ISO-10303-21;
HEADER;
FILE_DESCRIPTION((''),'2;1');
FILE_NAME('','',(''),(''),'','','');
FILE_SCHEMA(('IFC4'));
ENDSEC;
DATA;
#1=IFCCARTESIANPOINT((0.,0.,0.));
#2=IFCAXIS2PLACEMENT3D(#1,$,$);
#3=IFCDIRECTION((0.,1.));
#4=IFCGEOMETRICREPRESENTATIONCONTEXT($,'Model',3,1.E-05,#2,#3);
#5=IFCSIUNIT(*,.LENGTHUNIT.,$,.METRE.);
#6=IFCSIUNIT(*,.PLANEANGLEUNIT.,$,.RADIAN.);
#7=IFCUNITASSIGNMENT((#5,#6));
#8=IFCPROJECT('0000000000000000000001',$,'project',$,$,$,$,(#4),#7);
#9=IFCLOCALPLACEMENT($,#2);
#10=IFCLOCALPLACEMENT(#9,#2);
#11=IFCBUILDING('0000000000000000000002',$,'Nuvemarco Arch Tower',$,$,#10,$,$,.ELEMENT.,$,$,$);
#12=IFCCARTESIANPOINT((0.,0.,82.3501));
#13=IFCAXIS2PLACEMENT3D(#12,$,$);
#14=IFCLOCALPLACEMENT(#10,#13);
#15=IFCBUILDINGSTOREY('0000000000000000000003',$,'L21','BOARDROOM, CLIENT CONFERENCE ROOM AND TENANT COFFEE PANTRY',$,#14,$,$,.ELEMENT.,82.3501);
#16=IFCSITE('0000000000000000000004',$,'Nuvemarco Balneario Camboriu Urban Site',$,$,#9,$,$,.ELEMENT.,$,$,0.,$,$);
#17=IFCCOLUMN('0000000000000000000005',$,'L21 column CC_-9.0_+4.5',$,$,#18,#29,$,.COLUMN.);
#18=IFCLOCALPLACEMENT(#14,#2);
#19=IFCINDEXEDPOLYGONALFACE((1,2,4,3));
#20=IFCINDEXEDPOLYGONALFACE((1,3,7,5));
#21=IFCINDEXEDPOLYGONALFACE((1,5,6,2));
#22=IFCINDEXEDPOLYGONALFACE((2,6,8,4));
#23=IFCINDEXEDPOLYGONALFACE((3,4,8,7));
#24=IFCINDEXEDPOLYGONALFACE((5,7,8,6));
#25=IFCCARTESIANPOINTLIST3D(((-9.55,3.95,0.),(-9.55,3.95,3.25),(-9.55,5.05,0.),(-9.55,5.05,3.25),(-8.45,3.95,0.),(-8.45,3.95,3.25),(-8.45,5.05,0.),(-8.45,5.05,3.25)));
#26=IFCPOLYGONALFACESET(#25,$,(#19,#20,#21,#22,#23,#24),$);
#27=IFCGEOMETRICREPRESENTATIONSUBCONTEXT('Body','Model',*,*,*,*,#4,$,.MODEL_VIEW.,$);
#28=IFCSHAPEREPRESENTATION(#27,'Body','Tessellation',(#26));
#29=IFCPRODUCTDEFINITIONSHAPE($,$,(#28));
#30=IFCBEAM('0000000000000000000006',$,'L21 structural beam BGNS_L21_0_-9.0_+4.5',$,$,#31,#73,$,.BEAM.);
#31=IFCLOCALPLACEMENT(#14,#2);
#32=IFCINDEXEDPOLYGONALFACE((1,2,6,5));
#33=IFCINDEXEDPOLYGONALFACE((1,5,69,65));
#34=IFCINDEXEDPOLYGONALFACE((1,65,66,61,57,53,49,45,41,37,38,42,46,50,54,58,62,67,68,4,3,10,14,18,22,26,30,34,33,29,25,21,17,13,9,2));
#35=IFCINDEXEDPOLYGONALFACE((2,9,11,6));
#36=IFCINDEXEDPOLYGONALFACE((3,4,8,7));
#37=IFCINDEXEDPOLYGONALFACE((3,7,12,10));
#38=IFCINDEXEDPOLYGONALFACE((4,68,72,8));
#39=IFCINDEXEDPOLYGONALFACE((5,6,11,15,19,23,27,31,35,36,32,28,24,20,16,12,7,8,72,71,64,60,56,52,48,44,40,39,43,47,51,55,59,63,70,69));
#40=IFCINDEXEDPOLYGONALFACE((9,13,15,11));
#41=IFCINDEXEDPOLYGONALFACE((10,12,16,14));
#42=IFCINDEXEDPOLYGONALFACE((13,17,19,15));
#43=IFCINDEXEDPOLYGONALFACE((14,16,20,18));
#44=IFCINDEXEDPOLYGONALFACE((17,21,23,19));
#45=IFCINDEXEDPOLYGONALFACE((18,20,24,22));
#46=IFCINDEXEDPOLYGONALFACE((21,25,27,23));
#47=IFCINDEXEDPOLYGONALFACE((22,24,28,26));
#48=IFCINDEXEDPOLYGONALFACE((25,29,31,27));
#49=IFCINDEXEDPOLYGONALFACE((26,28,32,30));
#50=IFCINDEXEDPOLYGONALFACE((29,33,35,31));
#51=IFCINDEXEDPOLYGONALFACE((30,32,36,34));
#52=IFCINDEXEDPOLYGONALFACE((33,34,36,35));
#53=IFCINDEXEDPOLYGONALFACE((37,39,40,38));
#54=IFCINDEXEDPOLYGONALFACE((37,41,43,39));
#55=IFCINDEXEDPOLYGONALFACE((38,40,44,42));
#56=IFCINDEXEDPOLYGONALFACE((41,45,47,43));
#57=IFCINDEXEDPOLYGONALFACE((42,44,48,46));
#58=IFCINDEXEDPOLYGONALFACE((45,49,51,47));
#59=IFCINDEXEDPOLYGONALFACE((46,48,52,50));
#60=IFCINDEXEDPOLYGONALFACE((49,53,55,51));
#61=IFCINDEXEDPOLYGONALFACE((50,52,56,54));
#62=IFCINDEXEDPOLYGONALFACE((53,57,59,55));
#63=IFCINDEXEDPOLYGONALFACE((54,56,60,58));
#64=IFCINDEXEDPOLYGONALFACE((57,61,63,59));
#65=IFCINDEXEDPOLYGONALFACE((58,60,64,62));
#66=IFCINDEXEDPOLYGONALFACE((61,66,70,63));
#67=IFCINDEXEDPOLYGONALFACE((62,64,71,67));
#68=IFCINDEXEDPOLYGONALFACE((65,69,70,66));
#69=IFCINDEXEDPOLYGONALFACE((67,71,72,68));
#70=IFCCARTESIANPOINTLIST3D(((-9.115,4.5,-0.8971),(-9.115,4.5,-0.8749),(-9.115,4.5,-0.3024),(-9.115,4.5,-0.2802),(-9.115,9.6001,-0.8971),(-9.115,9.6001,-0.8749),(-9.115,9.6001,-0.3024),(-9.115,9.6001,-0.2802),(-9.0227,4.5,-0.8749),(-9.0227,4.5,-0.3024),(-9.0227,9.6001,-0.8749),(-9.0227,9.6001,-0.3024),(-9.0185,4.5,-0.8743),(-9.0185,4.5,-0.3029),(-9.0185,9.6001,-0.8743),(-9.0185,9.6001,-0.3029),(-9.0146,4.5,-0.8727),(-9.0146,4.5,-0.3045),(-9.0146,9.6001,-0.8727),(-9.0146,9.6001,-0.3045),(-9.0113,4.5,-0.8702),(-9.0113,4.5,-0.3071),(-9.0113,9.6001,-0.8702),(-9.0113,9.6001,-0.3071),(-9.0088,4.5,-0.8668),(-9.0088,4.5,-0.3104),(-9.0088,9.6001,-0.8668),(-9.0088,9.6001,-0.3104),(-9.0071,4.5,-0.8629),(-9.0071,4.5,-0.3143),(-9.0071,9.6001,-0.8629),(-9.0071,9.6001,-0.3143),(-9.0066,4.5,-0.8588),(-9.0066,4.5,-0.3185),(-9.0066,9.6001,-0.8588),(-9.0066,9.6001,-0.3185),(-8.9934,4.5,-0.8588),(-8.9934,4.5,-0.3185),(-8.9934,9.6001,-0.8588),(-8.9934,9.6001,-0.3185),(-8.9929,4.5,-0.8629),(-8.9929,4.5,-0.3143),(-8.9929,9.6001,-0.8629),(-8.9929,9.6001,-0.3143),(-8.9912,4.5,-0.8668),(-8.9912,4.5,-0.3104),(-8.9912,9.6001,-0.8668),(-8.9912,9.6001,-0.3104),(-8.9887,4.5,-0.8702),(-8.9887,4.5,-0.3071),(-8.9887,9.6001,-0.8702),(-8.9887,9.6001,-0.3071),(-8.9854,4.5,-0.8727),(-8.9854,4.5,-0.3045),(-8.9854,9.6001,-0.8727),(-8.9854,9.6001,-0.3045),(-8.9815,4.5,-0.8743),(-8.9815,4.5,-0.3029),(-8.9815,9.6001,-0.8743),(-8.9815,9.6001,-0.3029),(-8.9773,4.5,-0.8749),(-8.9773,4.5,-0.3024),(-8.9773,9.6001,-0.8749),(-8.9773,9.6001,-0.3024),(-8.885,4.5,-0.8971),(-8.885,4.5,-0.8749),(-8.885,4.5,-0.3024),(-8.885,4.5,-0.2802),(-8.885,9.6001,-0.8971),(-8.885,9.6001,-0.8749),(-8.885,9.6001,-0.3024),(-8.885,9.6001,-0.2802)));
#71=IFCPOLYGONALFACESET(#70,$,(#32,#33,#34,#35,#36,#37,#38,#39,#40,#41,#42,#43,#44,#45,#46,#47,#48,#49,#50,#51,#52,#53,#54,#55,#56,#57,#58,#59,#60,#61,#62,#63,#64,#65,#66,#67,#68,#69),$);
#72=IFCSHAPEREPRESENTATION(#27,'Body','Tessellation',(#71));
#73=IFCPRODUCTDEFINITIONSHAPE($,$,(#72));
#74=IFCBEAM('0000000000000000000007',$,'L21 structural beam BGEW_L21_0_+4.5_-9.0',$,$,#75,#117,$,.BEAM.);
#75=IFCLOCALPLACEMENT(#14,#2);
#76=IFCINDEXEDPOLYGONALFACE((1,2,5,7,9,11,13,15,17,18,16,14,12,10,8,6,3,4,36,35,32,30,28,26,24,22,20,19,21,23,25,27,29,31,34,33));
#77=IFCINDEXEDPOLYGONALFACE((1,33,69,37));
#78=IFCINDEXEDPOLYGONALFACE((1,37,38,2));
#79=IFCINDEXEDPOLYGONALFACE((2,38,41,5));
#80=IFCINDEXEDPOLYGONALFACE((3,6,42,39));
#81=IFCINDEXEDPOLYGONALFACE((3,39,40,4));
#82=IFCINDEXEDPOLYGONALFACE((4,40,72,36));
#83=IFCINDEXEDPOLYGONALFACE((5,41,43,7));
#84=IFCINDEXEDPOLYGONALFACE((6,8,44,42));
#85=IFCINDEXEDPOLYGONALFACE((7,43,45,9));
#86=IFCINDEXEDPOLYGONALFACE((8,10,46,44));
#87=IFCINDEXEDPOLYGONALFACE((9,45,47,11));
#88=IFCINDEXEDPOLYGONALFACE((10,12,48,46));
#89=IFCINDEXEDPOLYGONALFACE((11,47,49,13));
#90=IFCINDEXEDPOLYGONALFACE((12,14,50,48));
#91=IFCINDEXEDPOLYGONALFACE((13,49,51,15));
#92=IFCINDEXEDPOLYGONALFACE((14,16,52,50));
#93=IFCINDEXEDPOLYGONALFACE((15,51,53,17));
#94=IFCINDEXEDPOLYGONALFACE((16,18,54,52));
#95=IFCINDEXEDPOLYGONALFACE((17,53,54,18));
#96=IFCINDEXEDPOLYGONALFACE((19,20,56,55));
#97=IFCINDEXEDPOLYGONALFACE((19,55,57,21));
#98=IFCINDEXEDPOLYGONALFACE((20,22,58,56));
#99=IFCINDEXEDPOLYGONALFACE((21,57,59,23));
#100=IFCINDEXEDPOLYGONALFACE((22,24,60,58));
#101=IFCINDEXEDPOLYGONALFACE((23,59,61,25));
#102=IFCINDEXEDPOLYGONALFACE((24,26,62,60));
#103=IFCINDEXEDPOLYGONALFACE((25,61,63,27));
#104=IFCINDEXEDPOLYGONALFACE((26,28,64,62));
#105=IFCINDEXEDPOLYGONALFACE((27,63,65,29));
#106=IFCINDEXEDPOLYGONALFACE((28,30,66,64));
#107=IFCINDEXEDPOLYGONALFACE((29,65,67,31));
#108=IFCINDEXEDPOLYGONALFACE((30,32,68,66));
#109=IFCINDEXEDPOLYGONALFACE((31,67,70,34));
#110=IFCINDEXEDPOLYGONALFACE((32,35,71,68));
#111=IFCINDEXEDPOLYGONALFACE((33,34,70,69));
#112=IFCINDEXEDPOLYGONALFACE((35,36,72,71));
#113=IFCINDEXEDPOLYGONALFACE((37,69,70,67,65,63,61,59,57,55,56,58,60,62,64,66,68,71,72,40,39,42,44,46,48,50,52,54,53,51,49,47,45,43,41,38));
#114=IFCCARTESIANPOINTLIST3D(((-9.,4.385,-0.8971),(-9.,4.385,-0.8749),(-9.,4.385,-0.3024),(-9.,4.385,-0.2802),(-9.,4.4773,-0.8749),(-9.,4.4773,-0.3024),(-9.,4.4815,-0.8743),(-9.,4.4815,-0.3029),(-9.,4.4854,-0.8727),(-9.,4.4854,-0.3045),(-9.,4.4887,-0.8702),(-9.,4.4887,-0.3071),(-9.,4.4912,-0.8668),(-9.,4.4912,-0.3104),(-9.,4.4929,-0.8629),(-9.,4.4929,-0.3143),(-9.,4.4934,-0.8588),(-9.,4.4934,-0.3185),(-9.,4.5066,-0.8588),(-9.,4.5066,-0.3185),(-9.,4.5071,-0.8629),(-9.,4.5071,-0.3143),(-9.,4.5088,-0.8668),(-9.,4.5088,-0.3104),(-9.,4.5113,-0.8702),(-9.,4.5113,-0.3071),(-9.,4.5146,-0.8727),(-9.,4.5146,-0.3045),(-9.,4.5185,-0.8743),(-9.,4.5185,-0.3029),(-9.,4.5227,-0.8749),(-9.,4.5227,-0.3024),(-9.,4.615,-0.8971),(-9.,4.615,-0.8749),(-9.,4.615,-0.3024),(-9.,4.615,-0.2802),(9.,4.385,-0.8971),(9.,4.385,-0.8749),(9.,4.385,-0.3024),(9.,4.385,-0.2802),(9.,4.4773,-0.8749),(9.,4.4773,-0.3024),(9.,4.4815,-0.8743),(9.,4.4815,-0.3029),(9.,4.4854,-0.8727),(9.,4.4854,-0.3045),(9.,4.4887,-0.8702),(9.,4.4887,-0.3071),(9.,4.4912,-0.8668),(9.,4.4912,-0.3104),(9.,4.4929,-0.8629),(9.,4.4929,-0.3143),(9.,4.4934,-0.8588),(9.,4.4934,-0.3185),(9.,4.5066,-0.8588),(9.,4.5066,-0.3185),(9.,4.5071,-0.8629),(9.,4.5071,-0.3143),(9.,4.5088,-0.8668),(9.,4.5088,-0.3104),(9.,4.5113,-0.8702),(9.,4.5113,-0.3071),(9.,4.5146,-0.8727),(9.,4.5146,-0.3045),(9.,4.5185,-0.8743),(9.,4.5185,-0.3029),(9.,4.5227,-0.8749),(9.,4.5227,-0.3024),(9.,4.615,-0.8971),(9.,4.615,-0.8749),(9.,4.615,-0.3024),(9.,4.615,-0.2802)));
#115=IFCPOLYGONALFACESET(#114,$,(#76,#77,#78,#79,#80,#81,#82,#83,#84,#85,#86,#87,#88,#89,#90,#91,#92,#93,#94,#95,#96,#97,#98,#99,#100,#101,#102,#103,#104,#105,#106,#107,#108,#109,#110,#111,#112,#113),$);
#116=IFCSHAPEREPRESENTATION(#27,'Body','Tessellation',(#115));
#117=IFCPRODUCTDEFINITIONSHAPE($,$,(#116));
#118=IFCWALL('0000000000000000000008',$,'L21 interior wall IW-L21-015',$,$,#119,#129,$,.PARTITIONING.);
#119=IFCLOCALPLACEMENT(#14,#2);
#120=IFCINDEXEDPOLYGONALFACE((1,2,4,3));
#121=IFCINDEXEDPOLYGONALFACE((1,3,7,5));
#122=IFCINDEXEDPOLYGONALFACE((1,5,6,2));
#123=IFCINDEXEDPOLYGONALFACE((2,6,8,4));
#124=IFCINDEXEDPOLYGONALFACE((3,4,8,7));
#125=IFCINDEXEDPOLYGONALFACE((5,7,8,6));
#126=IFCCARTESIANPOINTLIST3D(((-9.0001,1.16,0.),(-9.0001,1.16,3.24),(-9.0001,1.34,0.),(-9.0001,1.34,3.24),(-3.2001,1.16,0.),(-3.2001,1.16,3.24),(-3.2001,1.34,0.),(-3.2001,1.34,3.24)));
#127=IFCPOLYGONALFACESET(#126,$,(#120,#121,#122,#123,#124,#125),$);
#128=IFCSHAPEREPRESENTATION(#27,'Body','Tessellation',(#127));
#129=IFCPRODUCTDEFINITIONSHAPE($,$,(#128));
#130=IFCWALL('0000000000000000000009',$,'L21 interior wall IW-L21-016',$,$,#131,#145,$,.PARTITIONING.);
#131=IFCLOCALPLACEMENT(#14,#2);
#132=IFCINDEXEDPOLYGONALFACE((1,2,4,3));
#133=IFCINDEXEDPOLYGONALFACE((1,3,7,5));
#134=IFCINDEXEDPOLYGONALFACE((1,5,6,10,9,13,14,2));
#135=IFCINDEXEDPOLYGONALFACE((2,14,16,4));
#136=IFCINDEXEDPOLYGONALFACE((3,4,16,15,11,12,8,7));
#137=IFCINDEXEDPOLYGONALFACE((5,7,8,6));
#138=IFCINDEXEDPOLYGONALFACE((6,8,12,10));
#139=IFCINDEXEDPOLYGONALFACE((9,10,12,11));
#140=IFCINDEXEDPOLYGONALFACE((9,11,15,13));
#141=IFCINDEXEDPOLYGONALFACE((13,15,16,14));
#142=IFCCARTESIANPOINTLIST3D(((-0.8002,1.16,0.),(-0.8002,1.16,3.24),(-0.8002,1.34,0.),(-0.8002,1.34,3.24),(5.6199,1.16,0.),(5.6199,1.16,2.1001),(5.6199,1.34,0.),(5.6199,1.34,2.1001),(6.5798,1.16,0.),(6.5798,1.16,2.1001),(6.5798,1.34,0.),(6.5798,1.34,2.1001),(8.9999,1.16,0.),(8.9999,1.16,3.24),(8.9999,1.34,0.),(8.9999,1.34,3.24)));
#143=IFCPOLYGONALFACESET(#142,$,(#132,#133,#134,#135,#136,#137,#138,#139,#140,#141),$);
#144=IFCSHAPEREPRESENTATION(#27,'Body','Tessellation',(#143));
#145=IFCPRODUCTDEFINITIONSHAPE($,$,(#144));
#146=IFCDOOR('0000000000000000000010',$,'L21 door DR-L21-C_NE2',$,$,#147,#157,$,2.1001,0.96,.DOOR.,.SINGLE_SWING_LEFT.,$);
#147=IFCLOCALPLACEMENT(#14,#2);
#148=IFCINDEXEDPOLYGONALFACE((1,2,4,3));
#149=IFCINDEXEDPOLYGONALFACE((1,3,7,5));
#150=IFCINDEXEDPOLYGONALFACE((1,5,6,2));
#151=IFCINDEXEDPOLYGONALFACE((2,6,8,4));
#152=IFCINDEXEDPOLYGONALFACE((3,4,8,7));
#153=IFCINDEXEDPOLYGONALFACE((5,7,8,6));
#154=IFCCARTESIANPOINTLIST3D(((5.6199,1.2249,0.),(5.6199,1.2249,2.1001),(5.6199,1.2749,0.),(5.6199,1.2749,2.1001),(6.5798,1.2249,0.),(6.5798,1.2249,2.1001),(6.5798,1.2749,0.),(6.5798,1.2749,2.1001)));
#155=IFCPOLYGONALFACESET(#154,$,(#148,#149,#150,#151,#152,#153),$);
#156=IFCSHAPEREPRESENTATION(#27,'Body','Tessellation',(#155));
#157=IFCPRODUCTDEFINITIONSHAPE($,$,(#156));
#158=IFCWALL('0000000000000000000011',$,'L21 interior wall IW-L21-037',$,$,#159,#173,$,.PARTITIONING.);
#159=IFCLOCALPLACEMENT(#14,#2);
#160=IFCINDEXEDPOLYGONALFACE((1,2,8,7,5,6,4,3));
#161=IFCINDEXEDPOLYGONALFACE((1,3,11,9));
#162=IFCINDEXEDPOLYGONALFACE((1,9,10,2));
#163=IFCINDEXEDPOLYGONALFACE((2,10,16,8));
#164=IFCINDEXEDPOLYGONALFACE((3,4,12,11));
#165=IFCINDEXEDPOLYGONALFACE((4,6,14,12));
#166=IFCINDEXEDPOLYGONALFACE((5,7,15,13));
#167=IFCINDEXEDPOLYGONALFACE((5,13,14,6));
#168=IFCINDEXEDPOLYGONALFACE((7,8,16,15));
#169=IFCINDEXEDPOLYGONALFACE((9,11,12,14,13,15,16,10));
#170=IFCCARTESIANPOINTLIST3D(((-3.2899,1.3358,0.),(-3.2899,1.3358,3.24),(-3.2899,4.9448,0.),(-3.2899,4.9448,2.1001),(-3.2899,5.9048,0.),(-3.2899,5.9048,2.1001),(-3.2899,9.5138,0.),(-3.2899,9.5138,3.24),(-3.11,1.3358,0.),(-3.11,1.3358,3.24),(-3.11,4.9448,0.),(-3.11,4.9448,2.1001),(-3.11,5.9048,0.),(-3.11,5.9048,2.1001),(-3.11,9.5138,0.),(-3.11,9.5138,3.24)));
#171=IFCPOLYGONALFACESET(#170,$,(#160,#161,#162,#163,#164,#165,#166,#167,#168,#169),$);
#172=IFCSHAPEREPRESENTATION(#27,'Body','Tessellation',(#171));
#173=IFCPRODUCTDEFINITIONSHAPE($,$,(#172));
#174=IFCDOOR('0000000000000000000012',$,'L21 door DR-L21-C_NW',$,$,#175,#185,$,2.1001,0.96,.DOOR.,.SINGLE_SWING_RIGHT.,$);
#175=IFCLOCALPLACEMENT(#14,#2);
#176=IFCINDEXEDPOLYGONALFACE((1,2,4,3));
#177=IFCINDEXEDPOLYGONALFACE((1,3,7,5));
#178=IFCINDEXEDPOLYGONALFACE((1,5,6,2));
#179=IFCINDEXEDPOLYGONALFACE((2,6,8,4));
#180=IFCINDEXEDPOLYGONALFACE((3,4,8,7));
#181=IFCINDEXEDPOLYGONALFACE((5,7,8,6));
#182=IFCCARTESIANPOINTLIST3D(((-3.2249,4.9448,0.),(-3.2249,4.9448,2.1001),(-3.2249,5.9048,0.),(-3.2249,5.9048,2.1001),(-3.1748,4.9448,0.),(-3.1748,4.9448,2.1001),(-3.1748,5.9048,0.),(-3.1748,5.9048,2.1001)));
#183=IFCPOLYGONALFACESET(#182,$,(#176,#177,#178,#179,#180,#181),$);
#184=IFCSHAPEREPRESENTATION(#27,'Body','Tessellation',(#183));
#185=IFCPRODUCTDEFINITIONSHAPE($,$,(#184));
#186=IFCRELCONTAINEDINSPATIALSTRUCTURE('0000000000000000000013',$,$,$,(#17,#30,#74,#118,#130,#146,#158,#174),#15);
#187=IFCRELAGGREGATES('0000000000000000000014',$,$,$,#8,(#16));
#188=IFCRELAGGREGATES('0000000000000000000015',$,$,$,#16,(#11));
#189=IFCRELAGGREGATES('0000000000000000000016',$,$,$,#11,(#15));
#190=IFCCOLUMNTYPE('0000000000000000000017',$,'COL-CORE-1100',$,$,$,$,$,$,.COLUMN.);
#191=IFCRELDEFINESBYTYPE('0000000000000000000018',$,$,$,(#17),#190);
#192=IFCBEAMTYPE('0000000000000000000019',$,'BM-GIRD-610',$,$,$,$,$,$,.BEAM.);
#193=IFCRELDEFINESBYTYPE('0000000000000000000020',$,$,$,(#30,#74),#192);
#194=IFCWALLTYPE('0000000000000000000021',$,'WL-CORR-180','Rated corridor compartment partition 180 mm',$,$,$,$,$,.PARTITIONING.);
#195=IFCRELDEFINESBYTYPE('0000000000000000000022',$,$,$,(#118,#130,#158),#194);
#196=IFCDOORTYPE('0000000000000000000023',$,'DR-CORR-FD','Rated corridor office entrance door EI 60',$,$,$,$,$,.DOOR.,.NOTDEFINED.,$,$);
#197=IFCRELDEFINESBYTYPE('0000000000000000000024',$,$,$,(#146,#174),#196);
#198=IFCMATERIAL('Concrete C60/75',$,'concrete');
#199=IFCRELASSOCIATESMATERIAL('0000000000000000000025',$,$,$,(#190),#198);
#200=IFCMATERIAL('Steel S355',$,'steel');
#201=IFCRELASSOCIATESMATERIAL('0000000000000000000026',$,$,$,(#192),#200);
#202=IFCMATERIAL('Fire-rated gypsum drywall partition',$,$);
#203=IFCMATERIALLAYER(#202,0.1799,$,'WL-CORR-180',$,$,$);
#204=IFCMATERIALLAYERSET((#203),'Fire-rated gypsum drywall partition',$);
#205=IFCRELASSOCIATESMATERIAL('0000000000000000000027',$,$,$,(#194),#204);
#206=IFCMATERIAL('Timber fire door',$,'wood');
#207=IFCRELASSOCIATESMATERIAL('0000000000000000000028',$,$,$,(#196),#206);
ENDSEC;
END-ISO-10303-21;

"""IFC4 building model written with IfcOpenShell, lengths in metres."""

from ifc_helpers import new_model, si_unit, direction, frame, frame_2d, origin, origin_2d, place, context, subcontext, project, spatial, rectangle, i_section, extrude, source, transform, mapped, material, layer, layer_set, material_profile, profile_set, type_object, type_shapes, element, fill, save


model = new_model("IFC4")

# Units and contexts
model_context = context("Model", 3, precision=1e-05, world=origin(), true_north=direction((0.0, 1.0)))
body_context = subcontext(model_context, "Body", "Model", "MODEL_VIEW")
ifc_project = project(units=[si_unit("LENGTHUNIT", "METRE"), si_unit("PLANEANGLEUNIT", "RADIAN")], contexts=[model_context])

# Site, building, storey
site_placement = place(None, origin())
site = spatial("IfcSite", under=ifc_project, at=site_placement, Name="Nuvemarco Balneario Camboriu Urban Site", CompositionType="ELEMENT", RefElevation=0.0)
building_placement = place(site_placement, origin())
building = spatial("IfcBuilding", under=site, at=building_placement, Name="Nuvemarco Arch Tower", CompositionType="ELEMENT")
storey_placement = place(building_placement, frame((0.0, 0.0, 82.3501)))
storey = spatial("IfcBuildingStorey", under=building, at=storey_placement, Name="L21", Description="BOARDROOM, CLIENT CONFERENCE ROOM AND TENANT COFFEE PANTRY", CompositionType="ELEMENT", Elevation=82.3501)

# Column
ifc_material_1 = material(Name="Concrete C60/75", Category="concrete")
ifc_material_profile_1 = material_profile(ifc_material_1, rectangle(XDim=1.1001, YDim=1.1001, at=origin_2d()), Name="RC-COL-1100x1100")
ifc_profile_set_1 = profile_set([ifc_material_profile_1], Name="Concrete C60/75")
column_type = type_object("IfcColumnType", Name="COL-CORE-1100", PredefinedType="COLUMN", material=ifc_profile_set_1)
column_placement = place(storey_placement, frame((-9.0, 4.5, 0.0), z_axis=(0.0, 0.0, 1.0), x_axis=(1.0, 0.0, 0.0)))
element("IfcColumn", 1, at=column_placement, inside=storey, type_object=column_type, Name="L21 column CC_-9.0_+4.5", PredefinedType="COLUMN", context=body_context, shape_type="SweptSolid", body=[
    extrude(rectangle(XDim=1.1001, YDim=1.1001, at=origin_2d()), origin(), (0.0, 0.0, 1.0), 3.25),
])

# Beams
ifc_material_2 = material(Name="Steel S355", Category="steel")
ifc_material_profile_2 = material_profile(ifc_material_2, i_section(OverallWidth=0.23, OverallDepth=0.6169, WebThickness=0.0132, FlangeThickness=0.0222, FilletRadius=0.0161, at=origin_2d()), Name="W610x140")
ifc_profile_set_2 = profile_set([ifc_material_profile_2], Name="Steel S355")
beam_type = type_object("IfcBeamType", Name="BM-GIRD-610", PredefinedType="BEAM", material=ifc_profile_set_2)
beam_1_placement = place(storey_placement, frame((-9.0, 4.5, -0.5886), z_axis=(0.0, 1.0, 0.0), x_axis=(-1.0, 0.0, 0.0)))
element("IfcBeam", 2, at=beam_1_placement, inside=storey, type_object=beam_type, Name="L21 structural beam BGNS_L21_0_-9.0_+4.5", PredefinedType="BEAM", context=body_context, shape_type="SweptSolid", body=[
    extrude(i_section(OverallWidth=0.23, OverallDepth=0.6169, WebThickness=0.0132, FlangeThickness=0.0222, FilletRadius=0.0161, at=origin_2d()), origin(), (0.0, 0.0, 1.0), 5.1001),
])
beam_2_placement = place(storey_placement, frame((-9.0, 4.5, -0.5886), z_axis=(1.0, 0.0, 0.0), x_axis=(0.0, 1.0, 0.0)))
element("IfcBeam", 3, at=beam_2_placement, inside=storey, type_object=beam_type, Name="L21 structural beam BGEW_L21_0_+4.5_-9.0", PredefinedType="BEAM", context=body_context, shape_type="SweptSolid", body=[
    extrude(i_section(OverallWidth=0.23, OverallDepth=0.6169, WebThickness=0.0132, FlangeThickness=0.0222, FilletRadius=0.0161, at=origin_2d()), origin(), (0.0, 0.0, 1.0), 18.0),
])

# Wall
ifc_material_3 = material(Name="Fire-rated gypsum drywall partition")
ifc_layer_1 = layer(ifc_material_3, 0.1799, Name="WL-CORR-180")
ifc_layer_set_1 = layer_set([ifc_layer_1], Name="Fire-rated gypsum drywall partition")
wall_type_1 = type_object("IfcWallType", Name="WL-CORR-180", Description="Rated corridor compartment partition 180 mm", PredefinedType="PARTITIONING", material=ifc_layer_set_1)
wall_1_placement = place(storey_placement, frame((-9.0, 1.25, 0.0), z_axis=(0.0, 0.0, 1.0), x_axis=(1.0, 0.0, 0.0)))
element("IfcWall", 4, at=wall_1_placement, inside=storey, type_object=wall_type_1, Name="L21 interior wall IW-L21-015", PredefinedType="PARTITIONING", context=body_context, shape_type="SweptSolid", body=[
    extrude(rectangle(XDim=5.8, YDim=0.1799, at=frame_2d((2.8999, 0.0))), origin(), (0.0, 0.0, 1.0), 3.24),
])

# Walls, openings, doors
wall_2_placement = place(storey_placement, frame((-0.8, 1.25, 0.0), z_axis=(0.0, 0.0, 1.0), x_axis=(1.0, 0.0, 0.0)))
wall_2 = element("IfcWall", 5, at=wall_2_placement, inside=storey, type_object=wall_type_1, Name="L21 interior wall IW-L21-016", PredefinedType="PARTITIONING", context=body_context, shape_type="SweptSolid", body=[
    extrude(rectangle(XDim=9.8, YDim=0.1799, at=frame_2d((4.8999, 0.0))), origin(), (0.0, 0.0, 1.0), 3.24),
])
opening_1_placement = place(wall_2_placement, frame((6.4199, 0.0, 0.0)))
opening_1 = element("IfcOpeningElement", 6, at=opening_1_placement, cuts=wall_2, PredefinedType="OPENING", context=body_context, shape_type="SweptSolid", body=[
    extrude(rectangle(XDim=0.96, YDim=2.1001, at=frame_2d((0.48, 1.05))), frame((0.0, 0.0999, 0.0), z_axis=(0.0, -1.0, 0.0), x_axis=(1.0, 0.0, 0.0)), (0.0, 0.0, 1.0), 0.2),
])
ifc_material_4 = material(Name="Timber fire door", Category="wood")
door_type_1 = type_object("IfcDoorType", Name="DR-CORR-FD", Description="Rated corridor office entrance door EI 60", OperationType="NOTDEFINED", PredefinedType="DOOR", material=ifc_material_4)
shared_shape_1 = source(origin(), body_context, "Body", "SweptSolid", [
    extrude(rectangle(XDim=0.96, YDim=2.1001, at=frame_2d((0.48, 1.05))), frame((0.0, 0.0249, 0.0), z_axis=(0.0, -1.0, 0.0), x_axis=(1.0, 0.0, 0.0)), (0.0, 0.0, 1.0), 0.05),
])
type_shapes(door_type_1, [shared_shape_1])
door_1_placement = place(opening_1_placement, origin())
door_1 = element("IfcDoor", 7, at=door_1_placement, inside=storey, type_object=door_type_1, Name="L21 door DR-L21-C_NE2", OperationType="SINGLE_SWING_LEFT", OverallHeight=2.1001, OverallWidth=0.96, PredefinedType="DOOR", context=body_context, shape_type="MappedRepresentation", body=[
    mapped(shared_shape_1, transform((0.0, 0.0, 0.0), scale=1.0)),
])
fill(opening_1, door_1)
wall_3_placement = place(storey_placement, frame((-3.2, 1.3359, 0.0), z_axis=(0.0, 0.0, 1.0), x_axis=(0.0, 1.0, 0.0)))
wall_3 = element("IfcWall", 8, at=wall_3_placement, inside=storey, type_object=wall_type_1, Name="L21 interior wall IW-L21-037", PredefinedType="PARTITIONING", context=body_context, shape_type="SweptSolid", body=[
    extrude(rectangle(XDim=8.178, YDim=0.1799, at=frame_2d((4.0889, 0.0))), origin(), (0.0, 0.0, 1.0), 3.24),
])
opening_2_placement = place(wall_3_placement, frame((3.6089, 0.0, 0.0)))
opening_2 = element("IfcOpeningElement", 9, at=opening_2_placement, cuts=wall_3, PredefinedType="OPENING", context=body_context, shape_type="SweptSolid", body=[
    extrude(rectangle(XDim=0.96, YDim=2.1001, at=frame_2d((0.48, 1.05))), frame((0.0, 0.0999, 0.0), z_axis=(0.0, -1.0, 0.0), x_axis=(1.0, 0.0, 0.0)), (0.0, 0.0, 1.0), 0.2),
])
door_2_placement = place(opening_2_placement, origin())
door_2 = element("IfcDoor", 10, at=door_2_placement, inside=storey, type_object=door_type_1, Name="L21 door DR-L21-C_NW", OperationType="SINGLE_SWING_RIGHT", OverallHeight=2.1001, OverallWidth=0.96, PredefinedType="DOOR", context=body_context, shape_type="MappedRepresentation", body=[
    mapped(shared_shape_1, transform((0.0, 0.0, 0.0), scale=1.0)),
])
fill(opening_2, door_2)

save(model, "model.ifc")
